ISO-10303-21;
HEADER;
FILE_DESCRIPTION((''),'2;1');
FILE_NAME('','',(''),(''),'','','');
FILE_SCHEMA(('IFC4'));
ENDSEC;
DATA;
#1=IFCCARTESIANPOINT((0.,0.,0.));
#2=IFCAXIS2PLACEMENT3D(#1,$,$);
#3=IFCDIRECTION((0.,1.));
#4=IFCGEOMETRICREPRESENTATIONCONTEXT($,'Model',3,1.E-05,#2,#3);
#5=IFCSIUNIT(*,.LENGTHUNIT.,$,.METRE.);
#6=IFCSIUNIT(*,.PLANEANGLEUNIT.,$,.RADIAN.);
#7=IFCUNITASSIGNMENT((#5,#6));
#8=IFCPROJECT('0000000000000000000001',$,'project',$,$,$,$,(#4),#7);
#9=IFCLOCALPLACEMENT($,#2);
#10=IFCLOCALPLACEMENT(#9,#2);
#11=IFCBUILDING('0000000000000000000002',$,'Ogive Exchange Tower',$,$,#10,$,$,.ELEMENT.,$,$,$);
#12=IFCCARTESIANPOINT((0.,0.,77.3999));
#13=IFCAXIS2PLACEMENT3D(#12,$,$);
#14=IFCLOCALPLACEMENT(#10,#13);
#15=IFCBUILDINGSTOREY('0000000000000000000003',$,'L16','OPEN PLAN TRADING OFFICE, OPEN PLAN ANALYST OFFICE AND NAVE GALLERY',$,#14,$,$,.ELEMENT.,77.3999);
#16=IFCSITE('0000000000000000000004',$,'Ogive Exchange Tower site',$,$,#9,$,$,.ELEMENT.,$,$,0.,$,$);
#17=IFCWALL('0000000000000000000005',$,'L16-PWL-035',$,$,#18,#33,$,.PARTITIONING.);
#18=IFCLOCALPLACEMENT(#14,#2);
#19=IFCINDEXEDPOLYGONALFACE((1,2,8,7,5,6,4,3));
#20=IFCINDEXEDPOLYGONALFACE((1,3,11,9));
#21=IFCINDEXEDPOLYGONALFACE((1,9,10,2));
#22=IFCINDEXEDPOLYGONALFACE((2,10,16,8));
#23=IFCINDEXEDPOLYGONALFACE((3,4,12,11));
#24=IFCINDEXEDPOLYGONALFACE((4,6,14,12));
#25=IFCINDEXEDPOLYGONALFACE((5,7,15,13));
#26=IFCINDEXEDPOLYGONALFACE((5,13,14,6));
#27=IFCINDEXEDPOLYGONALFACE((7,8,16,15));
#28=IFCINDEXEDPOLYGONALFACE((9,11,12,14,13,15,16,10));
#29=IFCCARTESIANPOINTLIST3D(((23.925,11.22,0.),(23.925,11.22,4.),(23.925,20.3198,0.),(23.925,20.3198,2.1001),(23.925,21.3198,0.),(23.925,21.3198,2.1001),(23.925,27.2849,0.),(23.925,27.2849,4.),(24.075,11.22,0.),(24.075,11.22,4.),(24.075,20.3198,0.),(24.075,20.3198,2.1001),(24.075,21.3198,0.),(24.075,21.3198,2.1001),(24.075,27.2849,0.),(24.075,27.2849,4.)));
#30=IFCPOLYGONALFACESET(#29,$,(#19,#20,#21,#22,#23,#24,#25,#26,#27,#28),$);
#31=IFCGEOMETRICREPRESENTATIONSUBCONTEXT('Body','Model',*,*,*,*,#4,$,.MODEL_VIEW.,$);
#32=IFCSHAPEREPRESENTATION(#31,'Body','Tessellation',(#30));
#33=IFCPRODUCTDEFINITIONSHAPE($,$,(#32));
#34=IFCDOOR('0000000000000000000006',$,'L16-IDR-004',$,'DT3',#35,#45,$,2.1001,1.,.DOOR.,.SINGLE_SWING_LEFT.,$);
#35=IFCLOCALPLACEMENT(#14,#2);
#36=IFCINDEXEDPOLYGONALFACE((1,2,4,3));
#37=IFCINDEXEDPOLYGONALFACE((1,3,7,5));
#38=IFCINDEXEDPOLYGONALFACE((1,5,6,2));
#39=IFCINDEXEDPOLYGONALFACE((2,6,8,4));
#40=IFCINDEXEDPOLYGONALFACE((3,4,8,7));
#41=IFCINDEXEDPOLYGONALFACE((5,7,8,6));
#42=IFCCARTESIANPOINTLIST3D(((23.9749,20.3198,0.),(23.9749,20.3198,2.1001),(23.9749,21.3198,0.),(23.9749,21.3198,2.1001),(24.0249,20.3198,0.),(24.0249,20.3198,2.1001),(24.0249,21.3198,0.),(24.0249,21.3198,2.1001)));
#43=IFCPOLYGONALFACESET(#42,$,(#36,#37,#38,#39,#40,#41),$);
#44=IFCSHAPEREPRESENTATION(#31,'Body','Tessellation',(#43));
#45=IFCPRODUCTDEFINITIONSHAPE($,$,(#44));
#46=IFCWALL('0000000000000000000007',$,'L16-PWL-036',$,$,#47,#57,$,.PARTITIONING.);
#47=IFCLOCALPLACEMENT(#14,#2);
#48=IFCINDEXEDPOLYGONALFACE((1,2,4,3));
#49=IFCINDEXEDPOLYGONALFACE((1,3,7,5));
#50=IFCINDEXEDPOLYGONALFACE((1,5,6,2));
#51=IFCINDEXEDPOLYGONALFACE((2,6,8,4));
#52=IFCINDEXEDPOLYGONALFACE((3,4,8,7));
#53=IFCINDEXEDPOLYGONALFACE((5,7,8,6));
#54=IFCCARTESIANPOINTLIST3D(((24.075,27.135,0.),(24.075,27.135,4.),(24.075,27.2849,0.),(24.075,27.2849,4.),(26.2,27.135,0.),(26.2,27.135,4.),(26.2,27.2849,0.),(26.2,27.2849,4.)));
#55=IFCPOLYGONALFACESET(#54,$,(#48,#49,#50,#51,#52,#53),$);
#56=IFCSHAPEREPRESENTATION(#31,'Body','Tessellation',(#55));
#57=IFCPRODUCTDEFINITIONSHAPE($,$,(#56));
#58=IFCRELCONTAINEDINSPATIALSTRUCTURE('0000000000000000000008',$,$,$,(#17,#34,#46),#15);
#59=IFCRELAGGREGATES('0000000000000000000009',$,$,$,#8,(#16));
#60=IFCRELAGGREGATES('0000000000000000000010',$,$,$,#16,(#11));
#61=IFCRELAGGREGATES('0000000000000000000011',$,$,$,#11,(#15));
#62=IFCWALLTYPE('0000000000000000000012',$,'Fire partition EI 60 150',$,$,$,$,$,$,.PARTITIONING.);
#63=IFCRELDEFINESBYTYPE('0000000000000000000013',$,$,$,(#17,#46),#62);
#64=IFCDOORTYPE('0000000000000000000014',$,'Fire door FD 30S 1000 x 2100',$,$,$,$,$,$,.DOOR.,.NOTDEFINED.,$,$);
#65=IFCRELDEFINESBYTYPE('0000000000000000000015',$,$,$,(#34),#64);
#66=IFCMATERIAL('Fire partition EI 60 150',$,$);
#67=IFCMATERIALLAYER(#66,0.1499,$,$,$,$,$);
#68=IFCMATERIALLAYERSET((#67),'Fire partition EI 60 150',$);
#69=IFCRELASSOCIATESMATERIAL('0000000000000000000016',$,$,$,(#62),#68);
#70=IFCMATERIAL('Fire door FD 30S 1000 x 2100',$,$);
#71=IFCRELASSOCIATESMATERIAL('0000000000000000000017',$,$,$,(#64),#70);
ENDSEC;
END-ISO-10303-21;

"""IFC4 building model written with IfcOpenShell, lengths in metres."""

from ifc_helpers import new_model, si_unit, direction, frame, frame_2d, origin, place, context, subcontext, project, spatial, rectangle, extrude, material, layer, layer_set, type_object, element, fill, save


model = new_model("IFC4")

# Units and contexts
model_context = context("Model", 3, precision=1e-05, world=origin(), true_north=direction((0.0, 1.0)))
body_context = subcontext(model_context, "Body", "Model", "MODEL_VIEW")
ifc_project = project(units=[si_unit("LENGTHUNIT", "METRE"), si_unit("PLANEANGLEUNIT", "RADIAN")], contexts=[model_context])

# Site, building, storey
site_placement = place(None, origin())
site = spatial("IfcSite", under=ifc_project, at=site_placement, Name="Ogive Exchange Tower site", CompositionType="ELEMENT", RefElevation=0.0)
building_placement = place(site_placement, origin())
building = spatial("IfcBuilding", under=site, at=building_placement, Name="Ogive Exchange Tower", CompositionType="ELEMENT")
storey_placement = place(building_placement, frame((0.0, 0.0, 77.3999)))
storey = spatial("IfcBuildingStorey", under=building, at=storey_placement, Name="L16", Description="OPEN PLAN TRADING OFFICE, OPEN PLAN ANALYST OFFICE AND NAVE GALLERY", CompositionType="ELEMENT", Elevation=77.3999)

# Wall, opening, door
ifc_material_1 = material(Name="Fire partition EI 60 150")
ifc_layer_1 = layer(ifc_material_1, 0.1499)
ifc_layer_set_1 = layer_set([ifc_layer_1], Name="Fire partition EI 60 150")
wall_type_1 = type_object("IfcWallType", Name="Fire partition EI 60 150", PredefinedType="PARTITIONING", material=ifc_layer_set_1)
wall_1_placement = place(storey_placement, frame((24.0, 27.2849, 0.0), z_axis=(0.0, 0.0, 1.0), x_axis=(0.0, -1.0, 0.0)))
wall_1 = element("IfcWall", 1, at=wall_1_placement, inside=storey, type_object=wall_type_1, Name="L16-PWL-035", PredefinedType="PARTITIONING", context=body_context, shape_type="SweptSolid", body=[
    extrude(rectangle(XDim=16.0649, YDim=0.1499, at=frame_2d((8.0325, 0.0))), origin(), (0.0, 0.0, 1.0), 4.0),
])
opening_1_placement = place(wall_1_placement, frame((5.9651, 0.0, 0.0)))
opening_1 = element("IfcOpeningElement", 2, at=opening_1_placement, cuts=wall_1, PredefinedType="OPENING", context=body_context, shape_type="SweptSolid", body=[
    extrude(rectangle(XDim=1.0, YDim=2.1001, at=frame_2d((0.5, 1.05))), frame((0.0, 0.085, 0.0), z_axis=(0.0, -1.0, 0.0), x_axis=(1.0, 0.0, 0.0)), (0.0, 0.0, 1.0), 0.1699),
])
ifc_material_2 = material(Name="Fire door FD 30S 1000 x 2100")
door_type_1 = type_object("IfcDoorType", Name="Fire door FD 30S 1000 x 2100", OperationType="NOTDEFINED", PredefinedType="DOOR", material=ifc_material_2)
door_1_placement = place(opening_1_placement, origin())
door_1 = element("IfcDoor", 3, at=door_1_placement, inside=storey, type_object=door_type_1, Name="L16-IDR-004", ObjectType="DT3", OperationType="SINGLE_SWING_LEFT", OverallHeight=2.1001, OverallWidth=1.0, PredefinedType="DOOR", context=body_context, shape_type="SweptSolid", body=[
    extrude(rectangle(XDim=1.0, YDim=2.1001, at=frame_2d((0.5, 1.05))), frame((0.0, 0.0249, 0.0), z_axis=(0.0, -1.0, 0.0), x_axis=(1.0, 0.0, 0.0)), (0.0, 0.0, 1.0), 0.05),
])
fill(opening_1, door_1)

# Wall
wall_2_placement = place(storey_placement, frame((26.2, 27.21, 0.0), z_axis=(0.0, 0.0, 1.0), x_axis=(-1.0, 0.0, 0.0)))
element("IfcWall", 4, at=wall_2_placement, inside=storey, type_object=wall_type_1, Name="L16-PWL-036", PredefinedType="PARTITIONING", context=body_context, shape_type="SweptSolid", body=[
    extrude(rectangle(XDim=2.125, YDim=0.1499, at=frame_2d((1.0625, 0.0))), origin(), (0.0, 0.0, 1.0), 4.0),
])

save(model, "model.ifc")
